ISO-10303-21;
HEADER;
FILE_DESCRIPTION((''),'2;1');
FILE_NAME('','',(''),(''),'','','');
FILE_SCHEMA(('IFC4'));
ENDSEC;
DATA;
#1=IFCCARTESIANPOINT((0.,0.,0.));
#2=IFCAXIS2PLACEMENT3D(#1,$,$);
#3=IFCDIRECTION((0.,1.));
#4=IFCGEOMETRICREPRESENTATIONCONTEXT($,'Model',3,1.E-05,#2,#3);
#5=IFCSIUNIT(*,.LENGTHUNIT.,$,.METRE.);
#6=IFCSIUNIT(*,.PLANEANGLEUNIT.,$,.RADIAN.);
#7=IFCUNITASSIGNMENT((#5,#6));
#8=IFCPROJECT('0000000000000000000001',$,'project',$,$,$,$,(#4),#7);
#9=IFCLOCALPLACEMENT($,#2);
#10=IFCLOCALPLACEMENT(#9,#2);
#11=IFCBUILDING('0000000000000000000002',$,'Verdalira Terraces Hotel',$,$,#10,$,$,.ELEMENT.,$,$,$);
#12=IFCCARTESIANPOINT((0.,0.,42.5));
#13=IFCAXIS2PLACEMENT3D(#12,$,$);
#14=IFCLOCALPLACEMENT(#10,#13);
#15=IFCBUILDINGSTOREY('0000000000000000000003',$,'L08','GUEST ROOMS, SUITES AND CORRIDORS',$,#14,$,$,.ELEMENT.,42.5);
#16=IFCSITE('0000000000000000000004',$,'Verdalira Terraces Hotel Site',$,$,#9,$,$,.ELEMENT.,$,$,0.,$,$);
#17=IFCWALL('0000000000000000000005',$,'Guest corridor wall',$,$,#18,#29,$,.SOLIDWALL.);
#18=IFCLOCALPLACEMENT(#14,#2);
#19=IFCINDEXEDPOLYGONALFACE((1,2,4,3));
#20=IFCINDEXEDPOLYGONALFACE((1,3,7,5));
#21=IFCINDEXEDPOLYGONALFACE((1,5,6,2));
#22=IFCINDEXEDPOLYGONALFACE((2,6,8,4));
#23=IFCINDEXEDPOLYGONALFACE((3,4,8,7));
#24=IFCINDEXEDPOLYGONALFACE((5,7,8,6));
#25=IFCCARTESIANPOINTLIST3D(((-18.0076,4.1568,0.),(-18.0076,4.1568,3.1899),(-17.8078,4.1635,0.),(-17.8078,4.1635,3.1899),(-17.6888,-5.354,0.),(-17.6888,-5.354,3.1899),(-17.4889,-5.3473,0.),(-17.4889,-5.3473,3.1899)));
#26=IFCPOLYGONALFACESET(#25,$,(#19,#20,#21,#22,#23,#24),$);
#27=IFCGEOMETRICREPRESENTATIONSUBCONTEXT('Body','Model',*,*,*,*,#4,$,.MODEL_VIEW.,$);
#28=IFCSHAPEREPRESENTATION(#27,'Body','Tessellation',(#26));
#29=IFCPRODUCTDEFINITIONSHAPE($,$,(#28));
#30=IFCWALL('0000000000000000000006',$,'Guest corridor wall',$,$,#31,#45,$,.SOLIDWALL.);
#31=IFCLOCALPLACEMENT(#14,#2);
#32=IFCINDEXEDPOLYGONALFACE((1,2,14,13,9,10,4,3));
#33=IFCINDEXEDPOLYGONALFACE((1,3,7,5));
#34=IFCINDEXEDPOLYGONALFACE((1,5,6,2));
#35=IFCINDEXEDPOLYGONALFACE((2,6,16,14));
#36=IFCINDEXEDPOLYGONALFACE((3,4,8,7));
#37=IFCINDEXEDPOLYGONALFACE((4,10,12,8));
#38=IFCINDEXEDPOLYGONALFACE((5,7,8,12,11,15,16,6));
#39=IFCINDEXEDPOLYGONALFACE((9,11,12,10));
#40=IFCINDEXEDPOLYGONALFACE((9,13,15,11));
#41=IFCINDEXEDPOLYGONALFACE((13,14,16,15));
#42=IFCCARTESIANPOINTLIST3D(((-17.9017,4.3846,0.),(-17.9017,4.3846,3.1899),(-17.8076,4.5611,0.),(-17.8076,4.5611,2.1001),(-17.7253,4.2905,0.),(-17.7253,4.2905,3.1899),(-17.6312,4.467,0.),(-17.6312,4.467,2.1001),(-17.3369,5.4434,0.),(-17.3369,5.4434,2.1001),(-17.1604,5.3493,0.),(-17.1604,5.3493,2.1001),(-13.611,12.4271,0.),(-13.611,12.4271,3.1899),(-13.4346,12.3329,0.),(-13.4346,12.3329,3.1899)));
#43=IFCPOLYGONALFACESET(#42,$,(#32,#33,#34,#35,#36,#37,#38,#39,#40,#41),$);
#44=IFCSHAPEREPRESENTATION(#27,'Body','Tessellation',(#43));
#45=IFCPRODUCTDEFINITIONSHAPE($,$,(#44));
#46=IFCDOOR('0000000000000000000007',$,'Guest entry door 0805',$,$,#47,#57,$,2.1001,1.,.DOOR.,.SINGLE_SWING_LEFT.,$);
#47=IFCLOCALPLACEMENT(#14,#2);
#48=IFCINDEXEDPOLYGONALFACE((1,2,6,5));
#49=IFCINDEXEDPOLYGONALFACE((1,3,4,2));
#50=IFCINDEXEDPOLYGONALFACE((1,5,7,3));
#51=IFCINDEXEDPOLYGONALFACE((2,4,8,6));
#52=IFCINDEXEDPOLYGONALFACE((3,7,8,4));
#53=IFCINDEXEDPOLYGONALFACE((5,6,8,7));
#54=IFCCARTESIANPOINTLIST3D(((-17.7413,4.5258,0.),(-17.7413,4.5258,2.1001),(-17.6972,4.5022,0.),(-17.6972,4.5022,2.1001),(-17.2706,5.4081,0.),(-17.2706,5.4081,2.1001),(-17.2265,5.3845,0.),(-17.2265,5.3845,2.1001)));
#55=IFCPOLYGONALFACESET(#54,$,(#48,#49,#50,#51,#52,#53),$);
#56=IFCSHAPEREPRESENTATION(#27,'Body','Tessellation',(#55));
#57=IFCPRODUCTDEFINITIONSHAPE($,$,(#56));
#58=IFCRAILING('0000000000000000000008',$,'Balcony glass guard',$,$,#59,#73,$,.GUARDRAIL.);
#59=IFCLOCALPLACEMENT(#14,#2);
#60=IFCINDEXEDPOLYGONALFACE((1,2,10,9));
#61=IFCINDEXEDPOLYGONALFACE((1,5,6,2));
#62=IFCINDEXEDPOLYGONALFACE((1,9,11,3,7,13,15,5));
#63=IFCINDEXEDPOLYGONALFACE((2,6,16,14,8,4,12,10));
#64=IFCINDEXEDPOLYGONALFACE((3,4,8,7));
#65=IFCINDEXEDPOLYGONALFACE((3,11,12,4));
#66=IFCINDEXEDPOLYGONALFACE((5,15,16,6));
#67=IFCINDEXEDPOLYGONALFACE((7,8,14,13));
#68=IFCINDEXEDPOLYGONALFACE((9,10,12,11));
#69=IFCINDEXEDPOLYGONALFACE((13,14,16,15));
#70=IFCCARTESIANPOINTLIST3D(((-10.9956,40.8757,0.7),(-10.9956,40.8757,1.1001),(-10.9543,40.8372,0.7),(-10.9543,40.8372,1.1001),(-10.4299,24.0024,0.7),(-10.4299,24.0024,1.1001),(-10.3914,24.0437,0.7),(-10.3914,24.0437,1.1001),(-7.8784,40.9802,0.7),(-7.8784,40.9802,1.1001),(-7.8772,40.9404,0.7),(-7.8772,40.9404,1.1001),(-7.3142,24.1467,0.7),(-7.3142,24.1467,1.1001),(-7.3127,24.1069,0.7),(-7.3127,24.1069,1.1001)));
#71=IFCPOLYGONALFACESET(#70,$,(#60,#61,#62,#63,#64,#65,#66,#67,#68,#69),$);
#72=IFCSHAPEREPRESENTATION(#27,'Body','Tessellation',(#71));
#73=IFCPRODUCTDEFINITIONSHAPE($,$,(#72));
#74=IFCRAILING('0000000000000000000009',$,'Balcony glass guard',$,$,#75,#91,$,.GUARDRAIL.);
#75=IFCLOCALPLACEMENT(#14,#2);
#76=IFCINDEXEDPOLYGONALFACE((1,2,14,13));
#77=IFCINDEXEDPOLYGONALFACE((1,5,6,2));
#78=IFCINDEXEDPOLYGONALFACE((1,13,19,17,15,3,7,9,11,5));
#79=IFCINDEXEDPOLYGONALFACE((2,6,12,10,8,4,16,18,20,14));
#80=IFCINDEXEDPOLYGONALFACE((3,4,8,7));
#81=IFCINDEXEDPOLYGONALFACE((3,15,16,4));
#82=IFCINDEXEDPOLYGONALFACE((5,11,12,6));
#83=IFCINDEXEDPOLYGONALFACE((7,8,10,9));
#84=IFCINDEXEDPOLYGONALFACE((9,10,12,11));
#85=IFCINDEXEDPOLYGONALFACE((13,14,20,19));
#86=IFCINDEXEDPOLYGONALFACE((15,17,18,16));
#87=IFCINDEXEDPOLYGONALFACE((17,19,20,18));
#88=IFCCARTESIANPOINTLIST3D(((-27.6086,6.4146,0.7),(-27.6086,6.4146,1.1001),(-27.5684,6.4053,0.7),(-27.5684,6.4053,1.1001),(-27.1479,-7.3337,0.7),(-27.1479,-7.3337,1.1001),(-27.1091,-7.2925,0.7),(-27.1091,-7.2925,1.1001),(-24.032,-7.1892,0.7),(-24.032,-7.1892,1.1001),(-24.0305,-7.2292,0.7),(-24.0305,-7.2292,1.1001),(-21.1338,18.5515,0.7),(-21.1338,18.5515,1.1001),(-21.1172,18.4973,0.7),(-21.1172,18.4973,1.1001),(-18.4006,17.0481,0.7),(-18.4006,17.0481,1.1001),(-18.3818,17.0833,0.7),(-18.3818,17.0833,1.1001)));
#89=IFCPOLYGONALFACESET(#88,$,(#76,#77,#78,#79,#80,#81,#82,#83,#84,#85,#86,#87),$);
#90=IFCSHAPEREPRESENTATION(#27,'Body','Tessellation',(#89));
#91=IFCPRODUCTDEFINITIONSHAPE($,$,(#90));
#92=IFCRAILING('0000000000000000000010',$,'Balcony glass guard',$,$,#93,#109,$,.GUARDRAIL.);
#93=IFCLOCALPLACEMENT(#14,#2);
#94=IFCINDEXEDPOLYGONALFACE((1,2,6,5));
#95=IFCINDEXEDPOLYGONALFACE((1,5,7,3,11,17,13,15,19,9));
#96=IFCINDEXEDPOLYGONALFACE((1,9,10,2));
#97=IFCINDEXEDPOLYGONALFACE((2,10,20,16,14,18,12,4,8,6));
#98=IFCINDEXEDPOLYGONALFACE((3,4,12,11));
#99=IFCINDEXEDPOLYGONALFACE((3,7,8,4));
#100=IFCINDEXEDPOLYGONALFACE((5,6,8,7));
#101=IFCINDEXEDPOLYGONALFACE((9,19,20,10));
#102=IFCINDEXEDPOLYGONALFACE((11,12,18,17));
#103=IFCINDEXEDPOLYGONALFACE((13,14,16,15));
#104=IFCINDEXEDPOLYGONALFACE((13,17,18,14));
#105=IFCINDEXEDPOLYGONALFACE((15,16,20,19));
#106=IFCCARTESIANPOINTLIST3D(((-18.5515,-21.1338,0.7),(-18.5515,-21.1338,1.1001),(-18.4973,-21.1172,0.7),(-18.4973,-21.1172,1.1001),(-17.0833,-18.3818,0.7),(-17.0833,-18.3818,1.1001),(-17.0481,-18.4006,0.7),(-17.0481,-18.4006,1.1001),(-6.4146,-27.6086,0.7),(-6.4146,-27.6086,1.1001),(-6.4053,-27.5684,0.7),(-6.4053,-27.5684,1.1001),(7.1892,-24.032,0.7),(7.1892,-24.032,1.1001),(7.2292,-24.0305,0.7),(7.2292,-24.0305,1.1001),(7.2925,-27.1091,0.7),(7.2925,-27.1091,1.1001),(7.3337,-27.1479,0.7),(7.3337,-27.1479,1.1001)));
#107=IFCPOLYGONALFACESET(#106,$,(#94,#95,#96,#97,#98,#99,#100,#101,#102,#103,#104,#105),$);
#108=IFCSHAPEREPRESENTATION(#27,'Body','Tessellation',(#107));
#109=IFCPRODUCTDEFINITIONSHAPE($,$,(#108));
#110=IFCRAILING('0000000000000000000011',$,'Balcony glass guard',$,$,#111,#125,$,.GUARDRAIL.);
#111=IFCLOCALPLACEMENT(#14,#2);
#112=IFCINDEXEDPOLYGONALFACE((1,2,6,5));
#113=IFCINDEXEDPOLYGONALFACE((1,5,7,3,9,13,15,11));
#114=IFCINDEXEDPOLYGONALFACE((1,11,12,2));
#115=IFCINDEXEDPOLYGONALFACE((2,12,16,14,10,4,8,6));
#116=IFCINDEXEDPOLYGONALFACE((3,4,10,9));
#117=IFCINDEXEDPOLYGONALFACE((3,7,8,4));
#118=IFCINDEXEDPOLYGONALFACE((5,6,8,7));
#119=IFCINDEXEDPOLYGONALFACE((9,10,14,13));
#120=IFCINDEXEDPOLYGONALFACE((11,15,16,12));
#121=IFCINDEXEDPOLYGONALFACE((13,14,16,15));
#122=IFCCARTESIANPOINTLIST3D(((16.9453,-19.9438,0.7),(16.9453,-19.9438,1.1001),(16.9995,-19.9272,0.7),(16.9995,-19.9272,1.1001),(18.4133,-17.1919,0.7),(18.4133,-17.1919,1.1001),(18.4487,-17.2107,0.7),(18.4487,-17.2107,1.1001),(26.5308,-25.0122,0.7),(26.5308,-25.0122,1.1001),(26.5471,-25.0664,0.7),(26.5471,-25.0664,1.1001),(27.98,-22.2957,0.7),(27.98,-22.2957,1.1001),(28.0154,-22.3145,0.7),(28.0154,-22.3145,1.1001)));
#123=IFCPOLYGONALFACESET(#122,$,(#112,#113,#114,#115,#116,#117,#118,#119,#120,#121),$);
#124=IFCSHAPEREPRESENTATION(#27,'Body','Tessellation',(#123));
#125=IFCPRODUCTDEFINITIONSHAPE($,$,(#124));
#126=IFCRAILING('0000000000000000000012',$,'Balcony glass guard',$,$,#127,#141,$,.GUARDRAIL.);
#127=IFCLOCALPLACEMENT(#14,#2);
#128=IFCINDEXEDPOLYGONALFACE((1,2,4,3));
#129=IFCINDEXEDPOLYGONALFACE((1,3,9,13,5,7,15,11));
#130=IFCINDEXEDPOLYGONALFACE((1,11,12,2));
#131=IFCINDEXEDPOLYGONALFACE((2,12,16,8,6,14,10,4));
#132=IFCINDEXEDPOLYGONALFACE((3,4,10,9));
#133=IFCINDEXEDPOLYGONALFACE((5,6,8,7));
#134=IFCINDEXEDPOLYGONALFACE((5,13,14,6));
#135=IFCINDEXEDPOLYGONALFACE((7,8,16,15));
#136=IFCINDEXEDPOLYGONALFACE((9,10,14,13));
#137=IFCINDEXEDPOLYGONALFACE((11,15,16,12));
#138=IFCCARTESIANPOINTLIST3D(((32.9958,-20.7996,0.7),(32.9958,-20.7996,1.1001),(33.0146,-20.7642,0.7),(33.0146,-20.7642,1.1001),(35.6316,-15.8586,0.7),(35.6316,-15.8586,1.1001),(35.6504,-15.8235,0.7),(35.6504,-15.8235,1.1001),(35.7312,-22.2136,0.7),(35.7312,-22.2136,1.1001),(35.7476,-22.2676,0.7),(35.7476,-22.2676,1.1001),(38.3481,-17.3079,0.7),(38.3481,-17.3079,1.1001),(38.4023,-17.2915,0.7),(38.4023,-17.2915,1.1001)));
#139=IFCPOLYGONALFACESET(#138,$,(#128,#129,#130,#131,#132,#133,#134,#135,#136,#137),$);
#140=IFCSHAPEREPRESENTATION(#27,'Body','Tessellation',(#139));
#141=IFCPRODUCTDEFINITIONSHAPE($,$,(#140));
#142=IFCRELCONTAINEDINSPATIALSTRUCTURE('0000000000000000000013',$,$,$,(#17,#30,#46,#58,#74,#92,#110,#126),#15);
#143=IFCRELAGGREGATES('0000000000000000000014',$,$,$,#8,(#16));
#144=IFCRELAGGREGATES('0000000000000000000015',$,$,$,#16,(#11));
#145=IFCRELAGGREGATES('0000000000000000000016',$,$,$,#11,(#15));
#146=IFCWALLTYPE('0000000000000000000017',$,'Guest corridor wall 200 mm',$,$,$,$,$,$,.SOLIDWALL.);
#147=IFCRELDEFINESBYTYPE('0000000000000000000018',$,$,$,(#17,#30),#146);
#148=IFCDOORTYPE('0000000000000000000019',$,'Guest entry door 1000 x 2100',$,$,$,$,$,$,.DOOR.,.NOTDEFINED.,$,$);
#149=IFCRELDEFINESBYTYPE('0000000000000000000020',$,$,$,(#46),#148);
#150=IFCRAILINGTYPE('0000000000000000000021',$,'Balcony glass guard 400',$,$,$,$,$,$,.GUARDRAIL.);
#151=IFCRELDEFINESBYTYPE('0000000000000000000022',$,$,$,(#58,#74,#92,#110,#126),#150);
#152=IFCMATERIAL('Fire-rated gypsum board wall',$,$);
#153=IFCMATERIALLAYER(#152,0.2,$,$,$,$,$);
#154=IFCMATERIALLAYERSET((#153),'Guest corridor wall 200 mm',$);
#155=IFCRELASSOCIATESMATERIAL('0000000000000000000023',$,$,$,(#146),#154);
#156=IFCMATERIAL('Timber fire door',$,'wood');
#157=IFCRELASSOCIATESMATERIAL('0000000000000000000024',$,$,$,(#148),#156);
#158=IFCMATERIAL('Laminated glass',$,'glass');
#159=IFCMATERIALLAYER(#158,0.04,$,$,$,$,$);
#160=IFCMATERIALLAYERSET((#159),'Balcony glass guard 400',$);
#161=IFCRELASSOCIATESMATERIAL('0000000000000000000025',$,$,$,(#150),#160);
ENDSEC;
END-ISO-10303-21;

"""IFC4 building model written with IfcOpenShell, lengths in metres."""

from ifc_helpers import new_model, si_unit, direction, frame, frame_2d, origin, place, context, subcontext, project, spatial, polyline, rectangle, outline, extrude, material, layer, layer_set, type_object, element, fill, save


model = new_model("IFC4")

# Units and contexts
model_context = context("Model", 3, precision=1e-05, world=origin(), true_north=direction((0.0, 1.0)))
body_context = subcontext(model_context, "Body", "Model", "MODEL_VIEW")
ifc_project = project(units=[si_unit("LENGTHUNIT", "METRE"), si_unit("PLANEANGLEUNIT", "RADIAN")], contexts=[model_context])

# Site, building, storey
site_placement = place(None, origin())
site = spatial("IfcSite", under=ifc_project, at=site_placement, Name="Verdalira Terraces Hotel Site", CompositionType="ELEMENT", RefElevation=0.0)
building_placement = place(site_placement, origin())
building = spatial("IfcBuilding", under=site, at=building_placement, Name="Verdalira Terraces Hotel", CompositionType="ELEMENT")
storey_placement = place(building_placement, frame((0.0, 0.0, 42.5)))
storey = spatial("IfcBuildingStorey", under=building, at=storey_placement, Name="L08", Description="GUEST ROOMS, SUITES AND CORRIDORS", CompositionType="ELEMENT", Elevation=42.5)

# Wall
ifc_material_1 = material(Name="Fire-rated gypsum board wall")
ifc_layer_1 = layer(ifc_material_1, 0.2)
ifc_layer_set_1 = layer_set([ifc_layer_1], Name="Guest corridor wall 200 mm")
wall_type_1 = type_object("IfcWallType", Name="Guest corridor wall 200 mm", PredefinedType="SOLIDWALL", material=ifc_layer_set_1)
wall_1_placement = place(storey_placement, frame((-17.9077, 4.1602, 0.0), z_axis=(0.0, 0.0, 1.0), x_axis=(0.033506, -0.999439, 0.0)))
element("IfcWall", 1, at=wall_1_placement, inside=storey, type_object=wall_type_1, Name="Guest corridor wall", PredefinedType="SOLIDWALL", context=body_context, shape_type="SweptSolid", body=[
    extrude(rectangle(XDim=9.5161, YDim=0.2, at=frame_2d((4.7581, 0.0))), origin(), (0.0, 0.0, 1.0), 3.1899),
])

# Wall, opening, door
wall_2_placement = place(storey_placement, frame((-17.8135, 4.3376, 0.0), z_axis=(0.0, 0.0, 1.0), x_axis=(0.470712, 0.882287, 0.0)))
wall_2 = element("IfcWall", 2, at=wall_2_placement, inside=storey, type_object=wall_type_1, Name="Guest corridor wall", PredefinedType="SOLIDWALL", context=body_context, shape_type="SweptSolid", body=[
    extrude(rectangle(XDim=9.1155, YDim=0.2, at=frame_2d((4.5576, 0.0))), origin(), (0.0, 0.0, 1.0), 3.1899),
])
opening_1_placement = place(wall_2_placement, frame((0.2, 0.0, 0.0)))
opening_1 = element("IfcOpeningElement", 3, at=opening_1_placement, cuts=wall_2, PredefinedType="OPENING", context=body_context, shape_type="SweptSolid", body=[
    extrude(rectangle(XDim=1.0, YDim=2.1001, at=frame_2d((0.5, 1.05))), frame((0.0, 0.1099, 0.0), z_axis=(0.0, -1.0, 0.0), x_axis=(1.0, 0.0, 0.0)), (0.0, 0.0, 1.0), 0.22),
])
ifc_material_2 = material(Name="Timber fire door", Category="wood")
door_type_1 = type_object("IfcDoorType", Name="Guest entry door 1000 x 2100", OperationType="NOTDEFINED", PredefinedType="DOOR", material=ifc_material_2)
door_1_placement = place(opening_1_placement, origin())
door_1 = element("IfcDoor", 4, at=door_1_placement, inside=storey, type_object=door_type_1, Name="Guest entry door 0805", OperationType="SINGLE_SWING_LEFT", OverallHeight=2.1001, OverallWidth=1.0, PredefinedType="DOOR", context=body_context, shape_type="SweptSolid", body=[
    extrude(rectangle(XDim=1.0, YDim=2.1001, at=frame_2d((0.5, 1.05))), frame((0.0, 0.0249, 0.0), z_axis=(0.0, -1.0, 0.0), x_axis=(1.0, 0.0, 0.0)), (0.0, 0.0, 1.0), 0.05),
])
fill(opening_1, door_1)

# Railings
ifc_material_3 = material(Name="Laminated glass", Category="glass")
ifc_layer_2 = layer(ifc_material_3, 0.04)
ifc_layer_set_2 = layer_set([ifc_layer_2], Name="Balcony glass guard 400")
railing_type = type_object("IfcRailingType", Name="Balcony glass guard 400", PredefinedType="GUARDRAIL", material=ifc_layer_set_2)
railing_1_placement = place(storey_placement, frame((0.0, 0.0, 0.7)))
element("IfcRailing", 5, at=railing_1_placement, inside=storey, type_object=railing_type, Name="Balcony glass guard", PredefinedType="GUARDRAIL", context=body_context, shape_type="SweptSolid", body=[
    extrude(outline(polyline([(-10.9543, 40.8372), (-10.3914, 24.0437), (-7.3142, 24.1467), (-7.3127, 24.1069), (-10.4299, 24.0024), (-10.9956, 40.8757), (-7.8784, 40.9802), (-7.8772, 40.9404), (-10.9543, 40.8372)])), origin(), (0.0, 0.0, 1.0), 0.4001),
])
railing_2_placement = place(storey_placement, frame((0.0, 0.0, 0.7)))
element("IfcRailing", 6, at=railing_2_placement, inside=storey, type_object=railing_type, Name="Balcony glass guard", PredefinedType="GUARDRAIL", context=body_context, shape_type="SweptSolid", body=[
    extrude(outline(polyline([(-21.1172, 18.4973), (-27.5684, 6.4053), (-27.1091, -7.2925), (-24.032, -7.1892), (-24.0305, -7.2292), (-27.1479, -7.3337), (-27.6086, 6.4146), (-21.1338, 18.5515), (-18.3818, 17.0833), (-18.4006, 17.0481), (-21.1172, 18.4973)])), origin(), (0.0, 0.0, 1.0), 0.4001),
])
railing_3_placement = place(storey_placement, frame((0.0, 0.0, 0.7)))
element("IfcRailing", 7, at=railing_3_placement, inside=storey, type_object=railing_type, Name="Balcony glass guard", PredefinedType="GUARDRAIL", context=body_context, shape_type="SweptSolid", body=[
    extrude(outline(polyline([(-18.4973, -21.1172), (-6.4053, -27.5684), (7.2925, -27.1091), (7.1892, -24.032), (7.2292, -24.0305), (7.3337, -27.1479), (-6.4146, -27.6086), (-18.5515, -21.1338), (-17.0833, -18.3818), (-17.0481, -18.4006), (-18.4973, -21.1172)])), origin(), (0.0, 0.0, 1.0), 0.4001),
])
railing_4_placement = place(storey_placement, frame((0.0, 0.0, 0.7)))
element("IfcRailing", 8, at=railing_4_placement, inside=storey, type_object=railing_type, Name="Balcony glass guard", PredefinedType="GUARDRAIL", context=body_context, shape_type="SweptSolid", body=[
    extrude(outline(polyline([(16.9995, -19.9272), (26.5308, -25.0122), (27.98, -22.2957), (28.0154, -22.3145), (26.5471, -25.0664), (16.9453, -19.9438), (18.4133, -17.1919), (18.4487, -17.2107), (16.9995, -19.9272)])), origin(), (0.0, 0.0, 1.0), 0.4001),
])
railing_5_placement = place(storey_placement, frame((0.0, 0.0, 0.7)))
element("IfcRailing", 9, at=railing_5_placement, inside=storey, type_object=railing_type, Name="Balcony glass guard", PredefinedType="GUARDRAIL", context=body_context, shape_type="SweptSolid", body=[
    extrude(outline(polyline([(35.7312, -22.2136), (38.3481, -17.3079), (35.6316, -15.8586), (35.6504, -15.8235), (38.4023, -17.2915), (35.7476, -22.2676), (32.9958, -20.7996), (33.0146, -20.7642), (35.7312, -22.2136)])), origin(), (0.0, 0.0, 1.0), 0.4001),
])

save(model, "model.ifc")
